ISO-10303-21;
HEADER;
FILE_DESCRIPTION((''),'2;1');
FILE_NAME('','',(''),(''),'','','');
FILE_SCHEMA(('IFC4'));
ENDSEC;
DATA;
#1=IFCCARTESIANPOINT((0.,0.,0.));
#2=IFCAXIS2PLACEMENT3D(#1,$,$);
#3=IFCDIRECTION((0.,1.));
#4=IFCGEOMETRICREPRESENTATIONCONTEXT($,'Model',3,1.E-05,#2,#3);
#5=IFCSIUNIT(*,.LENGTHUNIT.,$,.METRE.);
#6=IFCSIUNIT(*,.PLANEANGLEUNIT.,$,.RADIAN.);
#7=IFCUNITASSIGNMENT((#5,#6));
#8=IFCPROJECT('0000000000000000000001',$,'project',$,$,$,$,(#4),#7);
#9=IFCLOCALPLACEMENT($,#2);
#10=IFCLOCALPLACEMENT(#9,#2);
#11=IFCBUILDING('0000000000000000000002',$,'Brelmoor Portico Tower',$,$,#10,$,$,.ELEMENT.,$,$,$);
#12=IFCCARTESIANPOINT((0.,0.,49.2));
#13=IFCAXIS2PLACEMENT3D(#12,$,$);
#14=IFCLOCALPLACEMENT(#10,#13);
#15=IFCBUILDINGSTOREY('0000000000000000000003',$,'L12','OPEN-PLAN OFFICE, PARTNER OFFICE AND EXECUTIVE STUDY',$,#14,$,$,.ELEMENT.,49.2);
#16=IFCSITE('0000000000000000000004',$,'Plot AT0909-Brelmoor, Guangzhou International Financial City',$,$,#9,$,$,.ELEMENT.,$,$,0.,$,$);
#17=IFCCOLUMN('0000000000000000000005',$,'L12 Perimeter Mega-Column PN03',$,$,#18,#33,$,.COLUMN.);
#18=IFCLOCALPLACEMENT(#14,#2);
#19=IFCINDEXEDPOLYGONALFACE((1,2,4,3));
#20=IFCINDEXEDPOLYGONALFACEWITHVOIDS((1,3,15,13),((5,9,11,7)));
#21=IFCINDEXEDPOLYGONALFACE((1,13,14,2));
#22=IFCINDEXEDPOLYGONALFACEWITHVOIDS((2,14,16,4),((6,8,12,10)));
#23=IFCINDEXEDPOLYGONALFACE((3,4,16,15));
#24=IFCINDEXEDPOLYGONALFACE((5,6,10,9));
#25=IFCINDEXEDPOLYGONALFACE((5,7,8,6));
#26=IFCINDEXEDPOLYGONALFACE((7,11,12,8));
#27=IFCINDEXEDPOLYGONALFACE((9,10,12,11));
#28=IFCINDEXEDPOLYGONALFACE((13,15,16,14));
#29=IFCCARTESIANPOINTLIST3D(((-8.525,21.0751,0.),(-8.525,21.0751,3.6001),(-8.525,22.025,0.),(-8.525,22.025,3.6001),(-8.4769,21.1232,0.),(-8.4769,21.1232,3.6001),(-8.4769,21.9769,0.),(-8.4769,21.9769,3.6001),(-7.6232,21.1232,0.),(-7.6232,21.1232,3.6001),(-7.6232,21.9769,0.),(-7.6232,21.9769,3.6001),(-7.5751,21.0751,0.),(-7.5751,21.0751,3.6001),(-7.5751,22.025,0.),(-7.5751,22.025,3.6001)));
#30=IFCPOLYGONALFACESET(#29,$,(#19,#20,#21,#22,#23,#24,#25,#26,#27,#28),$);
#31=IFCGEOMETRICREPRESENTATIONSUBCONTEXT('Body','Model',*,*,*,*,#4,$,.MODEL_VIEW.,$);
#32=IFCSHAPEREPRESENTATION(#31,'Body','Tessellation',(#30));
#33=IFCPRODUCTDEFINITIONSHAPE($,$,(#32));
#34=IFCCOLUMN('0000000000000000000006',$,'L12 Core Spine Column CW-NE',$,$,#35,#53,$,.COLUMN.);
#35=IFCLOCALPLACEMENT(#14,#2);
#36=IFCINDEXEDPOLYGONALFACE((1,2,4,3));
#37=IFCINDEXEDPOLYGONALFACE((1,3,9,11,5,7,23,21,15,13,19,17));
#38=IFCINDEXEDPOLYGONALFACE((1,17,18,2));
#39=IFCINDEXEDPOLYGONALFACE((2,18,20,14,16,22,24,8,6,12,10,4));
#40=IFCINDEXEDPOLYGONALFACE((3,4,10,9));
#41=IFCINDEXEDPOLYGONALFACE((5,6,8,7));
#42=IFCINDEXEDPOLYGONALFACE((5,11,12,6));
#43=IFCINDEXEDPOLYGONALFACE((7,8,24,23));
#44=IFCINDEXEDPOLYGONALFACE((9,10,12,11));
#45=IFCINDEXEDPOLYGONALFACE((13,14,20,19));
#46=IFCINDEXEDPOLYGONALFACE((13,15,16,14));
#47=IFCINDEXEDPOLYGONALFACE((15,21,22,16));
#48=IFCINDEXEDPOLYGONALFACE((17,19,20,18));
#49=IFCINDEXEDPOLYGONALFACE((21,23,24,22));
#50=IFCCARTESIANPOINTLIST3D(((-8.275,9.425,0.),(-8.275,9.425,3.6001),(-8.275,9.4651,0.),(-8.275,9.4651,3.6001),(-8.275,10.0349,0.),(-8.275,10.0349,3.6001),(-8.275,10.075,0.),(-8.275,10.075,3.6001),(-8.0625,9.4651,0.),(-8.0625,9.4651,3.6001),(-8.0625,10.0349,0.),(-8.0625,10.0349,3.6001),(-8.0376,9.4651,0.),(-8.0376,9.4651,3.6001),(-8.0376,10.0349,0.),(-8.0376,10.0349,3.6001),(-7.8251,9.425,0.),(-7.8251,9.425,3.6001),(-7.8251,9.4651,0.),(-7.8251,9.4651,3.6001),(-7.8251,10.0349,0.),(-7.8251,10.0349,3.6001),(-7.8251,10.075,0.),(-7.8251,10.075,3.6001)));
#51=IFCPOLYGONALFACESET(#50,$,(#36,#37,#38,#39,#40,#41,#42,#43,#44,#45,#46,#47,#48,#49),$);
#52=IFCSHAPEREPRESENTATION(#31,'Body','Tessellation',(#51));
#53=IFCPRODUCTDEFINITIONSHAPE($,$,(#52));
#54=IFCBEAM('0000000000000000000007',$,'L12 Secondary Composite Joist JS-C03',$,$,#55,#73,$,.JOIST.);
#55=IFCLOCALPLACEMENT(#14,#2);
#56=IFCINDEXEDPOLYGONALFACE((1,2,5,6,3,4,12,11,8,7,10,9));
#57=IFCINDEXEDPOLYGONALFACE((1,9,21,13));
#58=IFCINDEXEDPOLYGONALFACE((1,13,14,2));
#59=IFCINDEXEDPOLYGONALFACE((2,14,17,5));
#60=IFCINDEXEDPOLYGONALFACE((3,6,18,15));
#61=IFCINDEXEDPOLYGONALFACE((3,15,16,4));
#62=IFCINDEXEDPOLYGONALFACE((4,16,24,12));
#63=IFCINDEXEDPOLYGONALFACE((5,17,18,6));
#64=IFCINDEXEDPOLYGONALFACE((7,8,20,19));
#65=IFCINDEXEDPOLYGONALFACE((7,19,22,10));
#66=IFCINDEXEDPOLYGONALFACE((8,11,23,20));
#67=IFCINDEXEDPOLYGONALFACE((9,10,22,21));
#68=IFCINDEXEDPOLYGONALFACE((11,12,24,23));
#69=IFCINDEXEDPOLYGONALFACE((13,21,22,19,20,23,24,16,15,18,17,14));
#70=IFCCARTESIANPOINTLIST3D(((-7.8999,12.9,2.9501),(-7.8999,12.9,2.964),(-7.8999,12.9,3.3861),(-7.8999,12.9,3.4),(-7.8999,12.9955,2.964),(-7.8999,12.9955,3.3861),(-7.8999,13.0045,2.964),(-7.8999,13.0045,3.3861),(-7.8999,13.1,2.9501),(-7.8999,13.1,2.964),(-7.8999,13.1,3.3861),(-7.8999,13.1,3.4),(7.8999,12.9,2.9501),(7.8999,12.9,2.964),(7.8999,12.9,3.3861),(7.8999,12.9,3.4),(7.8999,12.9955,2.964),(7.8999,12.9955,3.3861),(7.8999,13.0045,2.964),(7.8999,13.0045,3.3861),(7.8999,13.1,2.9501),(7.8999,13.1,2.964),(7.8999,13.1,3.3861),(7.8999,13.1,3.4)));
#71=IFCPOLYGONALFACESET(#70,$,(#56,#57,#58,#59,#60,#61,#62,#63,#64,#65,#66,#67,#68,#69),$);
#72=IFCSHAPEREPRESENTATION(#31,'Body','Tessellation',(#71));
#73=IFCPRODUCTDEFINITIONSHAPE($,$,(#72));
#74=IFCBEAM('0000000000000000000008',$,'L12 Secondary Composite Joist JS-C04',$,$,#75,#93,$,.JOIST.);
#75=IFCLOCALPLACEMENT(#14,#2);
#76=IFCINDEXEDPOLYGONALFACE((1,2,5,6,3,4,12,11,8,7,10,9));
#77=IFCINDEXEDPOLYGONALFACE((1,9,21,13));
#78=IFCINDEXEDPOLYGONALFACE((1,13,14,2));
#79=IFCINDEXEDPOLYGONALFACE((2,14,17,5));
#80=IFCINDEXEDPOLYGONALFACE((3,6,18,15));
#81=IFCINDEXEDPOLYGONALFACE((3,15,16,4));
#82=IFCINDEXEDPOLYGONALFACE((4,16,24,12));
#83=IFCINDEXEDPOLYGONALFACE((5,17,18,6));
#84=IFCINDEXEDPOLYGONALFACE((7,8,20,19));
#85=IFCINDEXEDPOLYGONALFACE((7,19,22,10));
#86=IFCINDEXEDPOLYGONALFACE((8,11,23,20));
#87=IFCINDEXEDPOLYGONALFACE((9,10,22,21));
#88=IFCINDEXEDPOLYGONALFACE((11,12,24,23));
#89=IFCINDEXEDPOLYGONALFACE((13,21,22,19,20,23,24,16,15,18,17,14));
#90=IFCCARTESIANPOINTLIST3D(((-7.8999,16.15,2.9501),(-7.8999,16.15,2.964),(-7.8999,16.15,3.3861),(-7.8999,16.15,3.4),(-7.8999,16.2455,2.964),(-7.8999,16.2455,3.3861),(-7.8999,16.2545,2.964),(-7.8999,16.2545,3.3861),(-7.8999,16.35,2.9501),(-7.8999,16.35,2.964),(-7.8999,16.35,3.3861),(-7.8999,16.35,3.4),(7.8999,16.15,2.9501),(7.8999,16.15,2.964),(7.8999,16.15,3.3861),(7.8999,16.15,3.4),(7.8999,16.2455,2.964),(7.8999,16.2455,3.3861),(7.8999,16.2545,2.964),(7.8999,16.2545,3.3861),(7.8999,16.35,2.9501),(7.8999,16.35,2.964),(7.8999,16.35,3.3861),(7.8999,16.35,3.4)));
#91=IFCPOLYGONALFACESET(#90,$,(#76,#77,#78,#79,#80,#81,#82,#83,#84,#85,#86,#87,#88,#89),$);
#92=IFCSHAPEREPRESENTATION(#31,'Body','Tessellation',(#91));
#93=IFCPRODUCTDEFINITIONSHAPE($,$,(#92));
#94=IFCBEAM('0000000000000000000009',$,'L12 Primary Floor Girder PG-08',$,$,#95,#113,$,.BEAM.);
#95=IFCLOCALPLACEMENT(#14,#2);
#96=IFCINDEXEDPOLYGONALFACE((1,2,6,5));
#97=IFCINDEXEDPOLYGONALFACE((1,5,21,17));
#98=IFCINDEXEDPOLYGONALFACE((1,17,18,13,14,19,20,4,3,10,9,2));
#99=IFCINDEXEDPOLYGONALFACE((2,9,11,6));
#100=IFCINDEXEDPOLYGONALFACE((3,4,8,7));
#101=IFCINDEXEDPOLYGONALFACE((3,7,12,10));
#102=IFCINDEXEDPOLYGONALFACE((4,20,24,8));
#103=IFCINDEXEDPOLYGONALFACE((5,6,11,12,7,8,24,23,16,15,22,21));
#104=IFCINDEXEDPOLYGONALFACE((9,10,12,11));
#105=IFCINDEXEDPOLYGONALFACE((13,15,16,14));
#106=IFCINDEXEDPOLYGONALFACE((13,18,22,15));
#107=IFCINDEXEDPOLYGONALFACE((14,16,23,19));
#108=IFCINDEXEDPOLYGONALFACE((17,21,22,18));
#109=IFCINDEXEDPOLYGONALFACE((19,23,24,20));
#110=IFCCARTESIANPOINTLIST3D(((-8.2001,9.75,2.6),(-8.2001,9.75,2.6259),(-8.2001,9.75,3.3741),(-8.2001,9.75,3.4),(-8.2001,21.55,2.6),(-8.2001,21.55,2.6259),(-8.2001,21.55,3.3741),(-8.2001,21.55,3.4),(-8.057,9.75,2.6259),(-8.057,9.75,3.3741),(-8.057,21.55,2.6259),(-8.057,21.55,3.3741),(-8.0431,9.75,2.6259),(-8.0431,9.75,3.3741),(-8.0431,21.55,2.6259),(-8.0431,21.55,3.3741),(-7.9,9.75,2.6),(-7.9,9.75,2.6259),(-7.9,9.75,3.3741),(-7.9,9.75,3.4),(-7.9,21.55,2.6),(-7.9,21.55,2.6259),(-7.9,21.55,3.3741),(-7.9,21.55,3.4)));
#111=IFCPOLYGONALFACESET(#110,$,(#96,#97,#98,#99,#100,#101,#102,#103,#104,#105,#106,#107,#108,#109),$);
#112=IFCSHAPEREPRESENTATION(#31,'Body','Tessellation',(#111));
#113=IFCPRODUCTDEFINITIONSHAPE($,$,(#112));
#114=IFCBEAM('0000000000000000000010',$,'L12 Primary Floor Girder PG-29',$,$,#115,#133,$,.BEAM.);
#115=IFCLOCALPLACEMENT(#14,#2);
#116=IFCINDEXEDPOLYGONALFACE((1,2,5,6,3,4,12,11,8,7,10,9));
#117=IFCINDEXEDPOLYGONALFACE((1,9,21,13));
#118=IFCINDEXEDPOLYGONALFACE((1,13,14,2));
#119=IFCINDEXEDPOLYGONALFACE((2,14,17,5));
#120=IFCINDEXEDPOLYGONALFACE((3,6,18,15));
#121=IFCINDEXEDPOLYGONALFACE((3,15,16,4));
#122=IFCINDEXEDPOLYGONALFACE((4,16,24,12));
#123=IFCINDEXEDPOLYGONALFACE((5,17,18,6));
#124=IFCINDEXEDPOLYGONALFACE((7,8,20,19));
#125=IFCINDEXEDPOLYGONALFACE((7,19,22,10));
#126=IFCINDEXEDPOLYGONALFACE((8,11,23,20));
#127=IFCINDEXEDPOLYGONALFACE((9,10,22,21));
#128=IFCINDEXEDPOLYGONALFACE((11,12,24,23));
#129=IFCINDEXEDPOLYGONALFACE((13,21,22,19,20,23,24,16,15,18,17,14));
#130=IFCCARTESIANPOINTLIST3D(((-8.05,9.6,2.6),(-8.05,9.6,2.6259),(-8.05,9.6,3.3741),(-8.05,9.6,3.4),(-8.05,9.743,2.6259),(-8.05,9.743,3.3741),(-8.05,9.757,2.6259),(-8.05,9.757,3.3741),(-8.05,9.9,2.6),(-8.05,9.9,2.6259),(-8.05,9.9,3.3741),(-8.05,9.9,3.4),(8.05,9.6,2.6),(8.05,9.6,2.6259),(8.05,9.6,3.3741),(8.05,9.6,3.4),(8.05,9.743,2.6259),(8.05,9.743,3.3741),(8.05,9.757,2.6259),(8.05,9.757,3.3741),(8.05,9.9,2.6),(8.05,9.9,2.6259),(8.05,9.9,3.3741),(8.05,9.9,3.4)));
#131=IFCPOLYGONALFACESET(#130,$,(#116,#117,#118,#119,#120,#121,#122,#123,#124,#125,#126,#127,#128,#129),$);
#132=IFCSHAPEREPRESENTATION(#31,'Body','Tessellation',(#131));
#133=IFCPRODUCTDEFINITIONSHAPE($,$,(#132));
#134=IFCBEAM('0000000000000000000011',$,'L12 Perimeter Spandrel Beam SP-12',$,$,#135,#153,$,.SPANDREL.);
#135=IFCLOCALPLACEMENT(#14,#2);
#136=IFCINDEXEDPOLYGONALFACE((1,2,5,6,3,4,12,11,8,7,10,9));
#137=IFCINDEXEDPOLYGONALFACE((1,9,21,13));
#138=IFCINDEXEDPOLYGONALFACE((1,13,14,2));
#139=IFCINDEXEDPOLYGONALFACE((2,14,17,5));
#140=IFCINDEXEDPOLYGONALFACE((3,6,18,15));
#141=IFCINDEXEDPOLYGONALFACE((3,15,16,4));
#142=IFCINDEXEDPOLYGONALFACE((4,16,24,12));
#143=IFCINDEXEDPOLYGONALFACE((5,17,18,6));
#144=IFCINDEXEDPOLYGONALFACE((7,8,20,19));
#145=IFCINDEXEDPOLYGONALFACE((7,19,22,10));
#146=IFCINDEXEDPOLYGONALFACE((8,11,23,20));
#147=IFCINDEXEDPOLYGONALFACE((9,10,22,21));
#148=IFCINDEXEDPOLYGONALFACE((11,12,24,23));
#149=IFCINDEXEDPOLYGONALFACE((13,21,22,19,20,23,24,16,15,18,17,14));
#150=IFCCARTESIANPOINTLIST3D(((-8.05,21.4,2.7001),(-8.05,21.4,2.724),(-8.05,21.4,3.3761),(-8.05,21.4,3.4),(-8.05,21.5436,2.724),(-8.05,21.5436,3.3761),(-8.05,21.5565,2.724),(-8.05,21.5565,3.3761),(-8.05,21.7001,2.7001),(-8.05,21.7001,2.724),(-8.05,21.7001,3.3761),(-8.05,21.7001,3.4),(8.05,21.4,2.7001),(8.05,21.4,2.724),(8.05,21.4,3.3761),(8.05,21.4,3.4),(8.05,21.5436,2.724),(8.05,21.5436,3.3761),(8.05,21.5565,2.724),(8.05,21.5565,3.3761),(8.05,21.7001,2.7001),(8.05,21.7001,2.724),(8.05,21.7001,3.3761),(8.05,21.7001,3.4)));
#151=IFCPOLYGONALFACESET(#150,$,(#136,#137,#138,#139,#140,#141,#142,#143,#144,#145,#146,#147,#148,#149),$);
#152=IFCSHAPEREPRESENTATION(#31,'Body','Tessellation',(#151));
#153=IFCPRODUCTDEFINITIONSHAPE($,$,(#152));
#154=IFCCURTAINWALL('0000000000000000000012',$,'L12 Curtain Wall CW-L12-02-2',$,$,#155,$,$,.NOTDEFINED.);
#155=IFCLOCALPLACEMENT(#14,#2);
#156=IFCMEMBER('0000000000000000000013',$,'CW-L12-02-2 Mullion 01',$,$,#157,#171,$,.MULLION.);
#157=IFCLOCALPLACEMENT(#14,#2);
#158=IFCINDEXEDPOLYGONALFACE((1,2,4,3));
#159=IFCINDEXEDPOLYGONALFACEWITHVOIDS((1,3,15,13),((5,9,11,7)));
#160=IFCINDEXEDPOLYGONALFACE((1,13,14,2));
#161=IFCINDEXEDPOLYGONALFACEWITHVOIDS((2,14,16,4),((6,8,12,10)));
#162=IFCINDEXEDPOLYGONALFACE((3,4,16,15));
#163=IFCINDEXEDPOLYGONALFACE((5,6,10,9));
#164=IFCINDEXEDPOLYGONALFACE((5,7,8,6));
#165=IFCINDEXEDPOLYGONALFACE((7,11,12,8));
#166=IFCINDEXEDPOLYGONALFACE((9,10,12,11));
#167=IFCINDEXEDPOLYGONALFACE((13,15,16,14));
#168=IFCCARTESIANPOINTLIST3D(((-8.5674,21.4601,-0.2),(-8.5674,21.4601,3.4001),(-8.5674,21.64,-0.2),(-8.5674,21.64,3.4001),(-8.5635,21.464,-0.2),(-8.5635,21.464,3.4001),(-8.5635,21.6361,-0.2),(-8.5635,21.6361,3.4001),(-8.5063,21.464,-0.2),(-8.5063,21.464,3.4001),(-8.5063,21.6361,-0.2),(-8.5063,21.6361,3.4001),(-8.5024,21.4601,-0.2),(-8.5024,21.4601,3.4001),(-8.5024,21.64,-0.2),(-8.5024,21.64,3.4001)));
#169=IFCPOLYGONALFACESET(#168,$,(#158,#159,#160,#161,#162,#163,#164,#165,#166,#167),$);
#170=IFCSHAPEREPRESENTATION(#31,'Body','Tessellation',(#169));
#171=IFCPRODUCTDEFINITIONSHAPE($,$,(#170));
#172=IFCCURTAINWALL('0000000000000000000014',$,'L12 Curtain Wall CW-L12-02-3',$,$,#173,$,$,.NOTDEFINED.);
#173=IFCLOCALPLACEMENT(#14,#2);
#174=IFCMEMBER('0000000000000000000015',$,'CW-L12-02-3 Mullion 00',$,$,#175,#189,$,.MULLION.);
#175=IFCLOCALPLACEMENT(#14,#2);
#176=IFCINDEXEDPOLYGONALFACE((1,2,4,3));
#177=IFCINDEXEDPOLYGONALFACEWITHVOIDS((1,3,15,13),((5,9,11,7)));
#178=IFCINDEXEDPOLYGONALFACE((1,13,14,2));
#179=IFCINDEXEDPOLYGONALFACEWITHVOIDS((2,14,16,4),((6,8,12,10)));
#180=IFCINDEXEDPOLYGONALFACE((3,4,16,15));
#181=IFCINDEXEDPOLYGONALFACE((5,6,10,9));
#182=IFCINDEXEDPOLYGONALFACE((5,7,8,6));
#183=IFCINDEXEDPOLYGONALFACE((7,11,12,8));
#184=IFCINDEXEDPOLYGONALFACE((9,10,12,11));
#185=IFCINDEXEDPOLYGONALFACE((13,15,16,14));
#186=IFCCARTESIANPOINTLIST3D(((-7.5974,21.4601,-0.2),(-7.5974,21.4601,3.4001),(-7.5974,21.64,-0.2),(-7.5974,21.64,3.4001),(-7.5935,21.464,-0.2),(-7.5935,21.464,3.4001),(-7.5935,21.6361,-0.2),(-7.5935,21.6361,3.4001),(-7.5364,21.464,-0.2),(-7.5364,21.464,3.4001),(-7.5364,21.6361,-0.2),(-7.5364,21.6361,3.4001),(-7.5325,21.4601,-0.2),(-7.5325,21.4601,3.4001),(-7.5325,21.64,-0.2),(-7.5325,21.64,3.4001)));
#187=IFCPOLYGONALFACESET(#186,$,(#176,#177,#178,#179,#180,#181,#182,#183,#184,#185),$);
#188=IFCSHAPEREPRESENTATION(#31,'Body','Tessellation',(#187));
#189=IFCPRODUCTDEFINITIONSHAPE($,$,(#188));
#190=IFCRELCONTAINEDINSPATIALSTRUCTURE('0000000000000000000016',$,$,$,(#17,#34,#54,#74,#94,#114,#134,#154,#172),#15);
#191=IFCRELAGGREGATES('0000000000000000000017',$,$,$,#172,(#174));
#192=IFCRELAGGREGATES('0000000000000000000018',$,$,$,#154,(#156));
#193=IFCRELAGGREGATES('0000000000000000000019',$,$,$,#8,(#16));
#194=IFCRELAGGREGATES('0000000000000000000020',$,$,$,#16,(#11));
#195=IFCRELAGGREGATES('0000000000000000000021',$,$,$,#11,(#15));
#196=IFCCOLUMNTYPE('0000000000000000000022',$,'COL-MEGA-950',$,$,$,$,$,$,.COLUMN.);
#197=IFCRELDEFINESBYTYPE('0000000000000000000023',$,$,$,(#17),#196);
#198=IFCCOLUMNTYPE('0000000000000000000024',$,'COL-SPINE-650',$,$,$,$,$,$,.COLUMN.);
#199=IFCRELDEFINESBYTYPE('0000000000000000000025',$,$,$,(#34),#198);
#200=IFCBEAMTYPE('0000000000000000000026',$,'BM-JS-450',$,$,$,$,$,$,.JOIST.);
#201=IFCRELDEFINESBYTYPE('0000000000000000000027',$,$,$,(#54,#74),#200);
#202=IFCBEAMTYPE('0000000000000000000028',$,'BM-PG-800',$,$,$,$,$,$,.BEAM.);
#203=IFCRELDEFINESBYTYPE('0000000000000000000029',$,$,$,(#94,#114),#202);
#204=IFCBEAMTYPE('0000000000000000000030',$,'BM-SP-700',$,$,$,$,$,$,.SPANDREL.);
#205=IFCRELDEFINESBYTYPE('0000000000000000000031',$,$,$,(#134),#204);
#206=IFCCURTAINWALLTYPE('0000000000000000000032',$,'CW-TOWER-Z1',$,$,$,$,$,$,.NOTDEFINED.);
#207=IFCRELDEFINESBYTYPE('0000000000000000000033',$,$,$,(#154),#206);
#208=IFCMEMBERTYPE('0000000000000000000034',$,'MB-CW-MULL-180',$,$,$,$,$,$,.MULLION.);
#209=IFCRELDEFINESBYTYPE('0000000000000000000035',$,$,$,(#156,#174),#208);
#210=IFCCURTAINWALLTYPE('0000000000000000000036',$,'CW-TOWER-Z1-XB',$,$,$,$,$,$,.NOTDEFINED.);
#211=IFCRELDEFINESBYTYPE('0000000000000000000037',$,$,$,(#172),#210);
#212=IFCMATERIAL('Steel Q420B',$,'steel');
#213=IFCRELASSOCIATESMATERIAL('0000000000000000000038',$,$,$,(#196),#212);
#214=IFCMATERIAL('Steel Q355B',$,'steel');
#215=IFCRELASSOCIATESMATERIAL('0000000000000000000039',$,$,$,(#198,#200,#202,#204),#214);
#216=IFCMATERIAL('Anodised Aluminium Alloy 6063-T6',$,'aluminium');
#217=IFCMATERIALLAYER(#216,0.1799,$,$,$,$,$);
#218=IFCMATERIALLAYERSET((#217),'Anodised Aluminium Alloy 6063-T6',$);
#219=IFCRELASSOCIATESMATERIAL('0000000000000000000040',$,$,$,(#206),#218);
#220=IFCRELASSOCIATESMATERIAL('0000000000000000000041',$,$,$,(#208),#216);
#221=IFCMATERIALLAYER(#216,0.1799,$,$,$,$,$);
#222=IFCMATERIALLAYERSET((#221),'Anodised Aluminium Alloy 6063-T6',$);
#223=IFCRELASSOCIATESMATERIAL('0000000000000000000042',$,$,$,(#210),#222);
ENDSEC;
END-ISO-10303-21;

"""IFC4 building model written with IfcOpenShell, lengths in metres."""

from ifc_helpers import new_model, si_unit, direction, frame, origin, origin_2d, place, context, subcontext, project, spatial, hollow_rectangle, i_section, extrude, material, layer, layer_set, material_profile, profile_set, type_object, element, aggregate, save


model = new_model("IFC4")

# Units and contexts
model_context = context("Model", 3, precision=1e-05, world=origin(), true_north=direction((0.0, 1.0)))
body_context = subcontext(model_context, "Body", "Model", "MODEL_VIEW")
ifc_project = project(units=[si_unit("LENGTHUNIT", "METRE"), si_unit("PLANEANGLEUNIT", "RADIAN")], contexts=[model_context])

# Site, building, storey
site_placement = place(None, origin())
site = spatial("IfcSite", under=ifc_project, at=site_placement, Name="Plot AT0909-Brelmoor, Guangzhou International Financial City", CompositionType="ELEMENT", RefElevation=0.0)
building_placement = place(site_placement, origin())
building = spatial("IfcBuilding", under=site, at=building_placement, Name="Brelmoor Portico Tower", CompositionType="ELEMENT")
storey_placement = place(building_placement, frame((0.0, 0.0, 49.2)))
storey = spatial("IfcBuildingStorey", under=building, at=storey_placement, Name="L12", Description="OPEN-PLAN OFFICE, PARTNER OFFICE AND EXECUTIVE STUDY", CompositionType="ELEMENT", Elevation=49.2)

# Columns
ifc_material_1 = material(Name="Steel Q420B", Category="steel")
ifc_material_profile_1 = material_profile(ifc_material_1, hollow_rectangle(XDim=0.95, YDim=0.95, WallThickness=0.0481, at=origin_2d()), Name="BOX 950x950x48")
ifc_profile_set_1 = profile_set([ifc_material_profile_1], Name="Steel Q420B")
column_type_1 = type_object("IfcColumnType", Name="COL-MEGA-950", PredefinedType="COLUMN", material=ifc_profile_set_1)
column_1_placement = place(storey_placement, frame((-8.05, 21.55, 0.0), z_axis=(0.0, 0.0, 1.0), x_axis=(1.0, 0.0, 0.0)))
element("IfcColumn", 1, at=column_1_placement, inside=storey, type_object=column_type_1, Name="L12 Perimeter Mega-Column PN03", PredefinedType="COLUMN", context=body_context, shape_type="SweptSolid", body=[
    extrude(hollow_rectangle(XDim=0.95, YDim=0.95, WallThickness=0.0481, at=origin_2d()), origin(), (0.0, 0.0, 1.0), 3.6001),
])
ifc_material_2 = material(Name="Steel Q355B", Category="steel")
ifc_material_profile_2 = material_profile(ifc_material_2, i_section(OverallWidth=0.45, OverallDepth=0.6499, WebThickness=0.0249, FlangeThickness=0.04, at=origin_2d()), Name="HW 650x450x25x40")
ifc_profile_set_2 = profile_set([ifc_material_profile_2], Name="Steel Q355B")
column_type_2 = type_object("IfcColumnType", Name="COL-SPINE-650", PredefinedType="COLUMN", material=ifc_profile_set_2)
column_2_placement = place(storey_placement, frame((-8.05, 9.75, 0.0), z_axis=(0.0, 0.0, 1.0), x_axis=(1.0, 0.0, 0.0)))
element("IfcColumn", 2, at=column_2_placement, inside=storey, type_object=column_type_2, Name="L12 Core Spine Column CW-NE", PredefinedType="COLUMN", context=body_context, shape_type="SweptSolid", body=[
    extrude(i_section(OverallWidth=0.45, OverallDepth=0.6499, WebThickness=0.0249, FlangeThickness=0.04, at=origin_2d()), origin(), (0.0, 0.0, 1.0), 3.6001),
])

# Beams
ifc_material_profile_3 = material_profile(ifc_material_2, i_section(OverallWidth=0.2, OverallDepth=0.45, WebThickness=0.009, FlangeThickness=0.0139, at=origin_2d()), Name="HN 450x200x9x14")
ifc_profile_set_3 = profile_set([ifc_material_profile_3], Name="Steel Q355B")
beam_type_1 = type_object("IfcBeamType", Name="BM-JS-450", PredefinedType="JOIST", material=ifc_profile_set_3)
for number, where, z_axis, x_axis, name in (
    (3, (-7.8999, 13.0, 3.175), (1.0, 0.0, 0.0), (0.0, 1.0, 0.0), "L12 Secondary Composite Joist JS-C03"),
    (4, (-7.8999, 16.25, 3.175), (1.0, 0.0, 0.0), (0.0, 1.0, 0.0), "L12 Secondary Composite Joist JS-C04"),
):
    element("IfcBeam", number, at=place(storey_placement, frame(where, z_axis=z_axis, x_axis=x_axis)), inside=storey, type_object=beam_type_1, Name=name, PredefinedType="JOIST", context=body_context, shape_type="SweptSolid", body=[
        extrude(i_section(OverallWidth=0.2, OverallDepth=0.45, WebThickness=0.009, FlangeThickness=0.0139, at=origin_2d()), origin(), (0.0, 0.0, 1.0), 15.7998),
    ])
ifc_material_profile_4 = material_profile(ifc_material_2, i_section(OverallWidth=0.3, OverallDepth=0.8, WebThickness=0.0139, FlangeThickness=0.0259, at=origin_2d()), Name="HN 800x300x14x26")
ifc_profile_set_4 = profile_set([ifc_material_profile_4], Name="Steel Q355B")
beam_type_2 = type_object("IfcBeamType", Name="BM-PG-800", PredefinedType="BEAM", material=ifc_profile_set_4)
beam_1_placement = place(storey_placement, frame((-8.05, 9.75, 3.0), z_axis=(0.0, 1.0, 0.0), x_axis=(-1.0, 0.0, 0.0)))
element("IfcBeam", 5, at=beam_1_placement, inside=storey, type_object=beam_type_2, Name="L12 Primary Floor Girder PG-08", PredefinedType="BEAM", context=body_context, shape_type="SweptSolid", body=[
    extrude(i_section(OverallWidth=0.3, OverallDepth=0.8, WebThickness=0.0139, FlangeThickness=0.0259, at=origin_2d()), origin(), (0.0, 0.0, 1.0), 11.8),
])
beam_2_placement = place(storey_placement, frame((-8.05, 9.75, 3.0), z_axis=(1.0, 0.0, 0.0), x_axis=(0.0, 1.0, 0.0)))
element("IfcBeam", 6, at=beam_2_placement, inside=storey, type_object=beam_type_2, Name="L12 Primary Floor Girder PG-29", PredefinedType="BEAM", context=body_context, shape_type="SweptSolid", body=[
    extrude(i_section(OverallWidth=0.3, OverallDepth=0.8, WebThickness=0.0139, FlangeThickness=0.0259, at=origin_2d()), origin(), (0.0, 0.0, 1.0), 16.1001),
])
ifc_material_profile_5 = material_profile(ifc_material_2, i_section(OverallWidth=0.3, OverallDepth=0.7, WebThickness=0.0129, FlangeThickness=0.0239, at=origin_2d()), Name="HN 700x300x13x24")
ifc_profile_set_5 = profile_set([ifc_material_profile_5], Name="Steel Q355B")
beam_type_3 = type_object("IfcBeamType", Name="BM-SP-700", PredefinedType="SPANDREL", material=ifc_profile_set_5)
beam_3_placement = place(storey_placement, frame((-8.05, 21.55, 3.05), z_axis=(1.0, 0.0, 0.0), x_axis=(0.0, 1.0, 0.0)))
element("IfcBeam", 7, at=beam_3_placement, inside=storey, type_object=beam_type_3, Name="L12 Perimeter Spandrel Beam SP-12", PredefinedType="SPANDREL", context=body_context, shape_type="SweptSolid", body=[
    extrude(i_section(OverallWidth=0.3, OverallDepth=0.7, WebThickness=0.0129, FlangeThickness=0.0239, at=origin_2d()), origin(), (0.0, 0.0, 1.0), 16.1001),
])

# Curtain wall, member
ifc_material_3 = material(Name="Anodised Aluminium Alloy 6063-T6", Category="aluminium")
ifc_layer_1 = layer(ifc_material_3, 0.1799)
ifc_layer_set_1 = layer_set([ifc_layer_1], Name="Anodised Aluminium Alloy 6063-T6")
curtain_wall_type_1 = type_object("IfcCurtainWallType", Name="CW-TOWER-Z1", PredefinedType="NOTDEFINED", material=ifc_layer_set_1)
curtain_wall_1_placement = place(storey_placement, origin())
curtain_wall_1 = element("IfcCurtainWall", 8, at=curtain_wall_1_placement, inside=storey, type_object=curtain_wall_type_1, Name="L12 Curtain Wall CW-L12-02-2", PredefinedType="NOTDEFINED")
ifc_material_profile_6 = material_profile(ifc_material_3, hollow_rectangle(XDim=0.0649, YDim=0.1799, WallThickness=0.0039, at=origin_2d()), Name="ALU MULLION 65x180")
ifc_profile_set_6 = profile_set([ifc_material_profile_6], Name="Anodised Aluminium Alloy 6063-T6")
member_type_1 = type_object("IfcMemberType", Name="MB-CW-MULL-180", PredefinedType="MULLION", material=ifc_profile_set_6)
member_1_placement = place(storey_placement, frame((-8.5349, 21.55, -0.2), z_axis=(0.0, 0.0, 1.0), x_axis=(1.0, 0.0, 0.0)))
member_1 = element("IfcMember", 9, at=member_1_placement, type_object=member_type_1, Name="CW-L12-02-2 Mullion 01", PredefinedType="MULLION", context=body_context, shape_type="SweptSolid", body=[
    extrude(hollow_rectangle(XDim=0.0649, YDim=0.1799, WallThickness=0.0039, at=origin_2d()), origin(), (0.0, 0.0, 1.0), 3.6001),
])

# Curtain wall, member
ifc_layer_2 = layer(ifc_material_3, 0.1799)
ifc_layer_set_2 = layer_set([ifc_layer_2], Name="Anodised Aluminium Alloy 6063-T6")
curtain_wall_type_2 = type_object("IfcCurtainWallType", Name="CW-TOWER-Z1-XB", PredefinedType="NOTDEFINED", material=ifc_layer_set_2)
curtain_wall_2_placement = place(storey_placement, origin())
curtain_wall_2 = element("IfcCurtainWall", 10, at=curtain_wall_2_placement, inside=storey, type_object=curtain_wall_type_2, Name="L12 Curtain Wall CW-L12-02-3", PredefinedType="NOTDEFINED")
member_2_placement = place(storey_placement, frame((-7.5649, 21.55, -0.2), z_axis=(0.0, 0.0, 1.0), x_axis=(1.0, 0.0, 0.0)))
member_2 = element("IfcMember", 11, at=member_2_placement, type_object=member_type_1, Name="CW-L12-02-3 Mullion 00", PredefinedType="MULLION", context=body_context, shape_type="SweptSolid", body=[
    extrude(hollow_rectangle(XDim=0.0649, YDim=0.1799, WallThickness=0.0039, at=origin_2d()), origin(), (0.0, 0.0, 1.0), 3.6001),
])
aggregate(curtain_wall_2, [member_2])

aggregate(curtain_wall_1, [member_1])

save(model, "model.ifc")
